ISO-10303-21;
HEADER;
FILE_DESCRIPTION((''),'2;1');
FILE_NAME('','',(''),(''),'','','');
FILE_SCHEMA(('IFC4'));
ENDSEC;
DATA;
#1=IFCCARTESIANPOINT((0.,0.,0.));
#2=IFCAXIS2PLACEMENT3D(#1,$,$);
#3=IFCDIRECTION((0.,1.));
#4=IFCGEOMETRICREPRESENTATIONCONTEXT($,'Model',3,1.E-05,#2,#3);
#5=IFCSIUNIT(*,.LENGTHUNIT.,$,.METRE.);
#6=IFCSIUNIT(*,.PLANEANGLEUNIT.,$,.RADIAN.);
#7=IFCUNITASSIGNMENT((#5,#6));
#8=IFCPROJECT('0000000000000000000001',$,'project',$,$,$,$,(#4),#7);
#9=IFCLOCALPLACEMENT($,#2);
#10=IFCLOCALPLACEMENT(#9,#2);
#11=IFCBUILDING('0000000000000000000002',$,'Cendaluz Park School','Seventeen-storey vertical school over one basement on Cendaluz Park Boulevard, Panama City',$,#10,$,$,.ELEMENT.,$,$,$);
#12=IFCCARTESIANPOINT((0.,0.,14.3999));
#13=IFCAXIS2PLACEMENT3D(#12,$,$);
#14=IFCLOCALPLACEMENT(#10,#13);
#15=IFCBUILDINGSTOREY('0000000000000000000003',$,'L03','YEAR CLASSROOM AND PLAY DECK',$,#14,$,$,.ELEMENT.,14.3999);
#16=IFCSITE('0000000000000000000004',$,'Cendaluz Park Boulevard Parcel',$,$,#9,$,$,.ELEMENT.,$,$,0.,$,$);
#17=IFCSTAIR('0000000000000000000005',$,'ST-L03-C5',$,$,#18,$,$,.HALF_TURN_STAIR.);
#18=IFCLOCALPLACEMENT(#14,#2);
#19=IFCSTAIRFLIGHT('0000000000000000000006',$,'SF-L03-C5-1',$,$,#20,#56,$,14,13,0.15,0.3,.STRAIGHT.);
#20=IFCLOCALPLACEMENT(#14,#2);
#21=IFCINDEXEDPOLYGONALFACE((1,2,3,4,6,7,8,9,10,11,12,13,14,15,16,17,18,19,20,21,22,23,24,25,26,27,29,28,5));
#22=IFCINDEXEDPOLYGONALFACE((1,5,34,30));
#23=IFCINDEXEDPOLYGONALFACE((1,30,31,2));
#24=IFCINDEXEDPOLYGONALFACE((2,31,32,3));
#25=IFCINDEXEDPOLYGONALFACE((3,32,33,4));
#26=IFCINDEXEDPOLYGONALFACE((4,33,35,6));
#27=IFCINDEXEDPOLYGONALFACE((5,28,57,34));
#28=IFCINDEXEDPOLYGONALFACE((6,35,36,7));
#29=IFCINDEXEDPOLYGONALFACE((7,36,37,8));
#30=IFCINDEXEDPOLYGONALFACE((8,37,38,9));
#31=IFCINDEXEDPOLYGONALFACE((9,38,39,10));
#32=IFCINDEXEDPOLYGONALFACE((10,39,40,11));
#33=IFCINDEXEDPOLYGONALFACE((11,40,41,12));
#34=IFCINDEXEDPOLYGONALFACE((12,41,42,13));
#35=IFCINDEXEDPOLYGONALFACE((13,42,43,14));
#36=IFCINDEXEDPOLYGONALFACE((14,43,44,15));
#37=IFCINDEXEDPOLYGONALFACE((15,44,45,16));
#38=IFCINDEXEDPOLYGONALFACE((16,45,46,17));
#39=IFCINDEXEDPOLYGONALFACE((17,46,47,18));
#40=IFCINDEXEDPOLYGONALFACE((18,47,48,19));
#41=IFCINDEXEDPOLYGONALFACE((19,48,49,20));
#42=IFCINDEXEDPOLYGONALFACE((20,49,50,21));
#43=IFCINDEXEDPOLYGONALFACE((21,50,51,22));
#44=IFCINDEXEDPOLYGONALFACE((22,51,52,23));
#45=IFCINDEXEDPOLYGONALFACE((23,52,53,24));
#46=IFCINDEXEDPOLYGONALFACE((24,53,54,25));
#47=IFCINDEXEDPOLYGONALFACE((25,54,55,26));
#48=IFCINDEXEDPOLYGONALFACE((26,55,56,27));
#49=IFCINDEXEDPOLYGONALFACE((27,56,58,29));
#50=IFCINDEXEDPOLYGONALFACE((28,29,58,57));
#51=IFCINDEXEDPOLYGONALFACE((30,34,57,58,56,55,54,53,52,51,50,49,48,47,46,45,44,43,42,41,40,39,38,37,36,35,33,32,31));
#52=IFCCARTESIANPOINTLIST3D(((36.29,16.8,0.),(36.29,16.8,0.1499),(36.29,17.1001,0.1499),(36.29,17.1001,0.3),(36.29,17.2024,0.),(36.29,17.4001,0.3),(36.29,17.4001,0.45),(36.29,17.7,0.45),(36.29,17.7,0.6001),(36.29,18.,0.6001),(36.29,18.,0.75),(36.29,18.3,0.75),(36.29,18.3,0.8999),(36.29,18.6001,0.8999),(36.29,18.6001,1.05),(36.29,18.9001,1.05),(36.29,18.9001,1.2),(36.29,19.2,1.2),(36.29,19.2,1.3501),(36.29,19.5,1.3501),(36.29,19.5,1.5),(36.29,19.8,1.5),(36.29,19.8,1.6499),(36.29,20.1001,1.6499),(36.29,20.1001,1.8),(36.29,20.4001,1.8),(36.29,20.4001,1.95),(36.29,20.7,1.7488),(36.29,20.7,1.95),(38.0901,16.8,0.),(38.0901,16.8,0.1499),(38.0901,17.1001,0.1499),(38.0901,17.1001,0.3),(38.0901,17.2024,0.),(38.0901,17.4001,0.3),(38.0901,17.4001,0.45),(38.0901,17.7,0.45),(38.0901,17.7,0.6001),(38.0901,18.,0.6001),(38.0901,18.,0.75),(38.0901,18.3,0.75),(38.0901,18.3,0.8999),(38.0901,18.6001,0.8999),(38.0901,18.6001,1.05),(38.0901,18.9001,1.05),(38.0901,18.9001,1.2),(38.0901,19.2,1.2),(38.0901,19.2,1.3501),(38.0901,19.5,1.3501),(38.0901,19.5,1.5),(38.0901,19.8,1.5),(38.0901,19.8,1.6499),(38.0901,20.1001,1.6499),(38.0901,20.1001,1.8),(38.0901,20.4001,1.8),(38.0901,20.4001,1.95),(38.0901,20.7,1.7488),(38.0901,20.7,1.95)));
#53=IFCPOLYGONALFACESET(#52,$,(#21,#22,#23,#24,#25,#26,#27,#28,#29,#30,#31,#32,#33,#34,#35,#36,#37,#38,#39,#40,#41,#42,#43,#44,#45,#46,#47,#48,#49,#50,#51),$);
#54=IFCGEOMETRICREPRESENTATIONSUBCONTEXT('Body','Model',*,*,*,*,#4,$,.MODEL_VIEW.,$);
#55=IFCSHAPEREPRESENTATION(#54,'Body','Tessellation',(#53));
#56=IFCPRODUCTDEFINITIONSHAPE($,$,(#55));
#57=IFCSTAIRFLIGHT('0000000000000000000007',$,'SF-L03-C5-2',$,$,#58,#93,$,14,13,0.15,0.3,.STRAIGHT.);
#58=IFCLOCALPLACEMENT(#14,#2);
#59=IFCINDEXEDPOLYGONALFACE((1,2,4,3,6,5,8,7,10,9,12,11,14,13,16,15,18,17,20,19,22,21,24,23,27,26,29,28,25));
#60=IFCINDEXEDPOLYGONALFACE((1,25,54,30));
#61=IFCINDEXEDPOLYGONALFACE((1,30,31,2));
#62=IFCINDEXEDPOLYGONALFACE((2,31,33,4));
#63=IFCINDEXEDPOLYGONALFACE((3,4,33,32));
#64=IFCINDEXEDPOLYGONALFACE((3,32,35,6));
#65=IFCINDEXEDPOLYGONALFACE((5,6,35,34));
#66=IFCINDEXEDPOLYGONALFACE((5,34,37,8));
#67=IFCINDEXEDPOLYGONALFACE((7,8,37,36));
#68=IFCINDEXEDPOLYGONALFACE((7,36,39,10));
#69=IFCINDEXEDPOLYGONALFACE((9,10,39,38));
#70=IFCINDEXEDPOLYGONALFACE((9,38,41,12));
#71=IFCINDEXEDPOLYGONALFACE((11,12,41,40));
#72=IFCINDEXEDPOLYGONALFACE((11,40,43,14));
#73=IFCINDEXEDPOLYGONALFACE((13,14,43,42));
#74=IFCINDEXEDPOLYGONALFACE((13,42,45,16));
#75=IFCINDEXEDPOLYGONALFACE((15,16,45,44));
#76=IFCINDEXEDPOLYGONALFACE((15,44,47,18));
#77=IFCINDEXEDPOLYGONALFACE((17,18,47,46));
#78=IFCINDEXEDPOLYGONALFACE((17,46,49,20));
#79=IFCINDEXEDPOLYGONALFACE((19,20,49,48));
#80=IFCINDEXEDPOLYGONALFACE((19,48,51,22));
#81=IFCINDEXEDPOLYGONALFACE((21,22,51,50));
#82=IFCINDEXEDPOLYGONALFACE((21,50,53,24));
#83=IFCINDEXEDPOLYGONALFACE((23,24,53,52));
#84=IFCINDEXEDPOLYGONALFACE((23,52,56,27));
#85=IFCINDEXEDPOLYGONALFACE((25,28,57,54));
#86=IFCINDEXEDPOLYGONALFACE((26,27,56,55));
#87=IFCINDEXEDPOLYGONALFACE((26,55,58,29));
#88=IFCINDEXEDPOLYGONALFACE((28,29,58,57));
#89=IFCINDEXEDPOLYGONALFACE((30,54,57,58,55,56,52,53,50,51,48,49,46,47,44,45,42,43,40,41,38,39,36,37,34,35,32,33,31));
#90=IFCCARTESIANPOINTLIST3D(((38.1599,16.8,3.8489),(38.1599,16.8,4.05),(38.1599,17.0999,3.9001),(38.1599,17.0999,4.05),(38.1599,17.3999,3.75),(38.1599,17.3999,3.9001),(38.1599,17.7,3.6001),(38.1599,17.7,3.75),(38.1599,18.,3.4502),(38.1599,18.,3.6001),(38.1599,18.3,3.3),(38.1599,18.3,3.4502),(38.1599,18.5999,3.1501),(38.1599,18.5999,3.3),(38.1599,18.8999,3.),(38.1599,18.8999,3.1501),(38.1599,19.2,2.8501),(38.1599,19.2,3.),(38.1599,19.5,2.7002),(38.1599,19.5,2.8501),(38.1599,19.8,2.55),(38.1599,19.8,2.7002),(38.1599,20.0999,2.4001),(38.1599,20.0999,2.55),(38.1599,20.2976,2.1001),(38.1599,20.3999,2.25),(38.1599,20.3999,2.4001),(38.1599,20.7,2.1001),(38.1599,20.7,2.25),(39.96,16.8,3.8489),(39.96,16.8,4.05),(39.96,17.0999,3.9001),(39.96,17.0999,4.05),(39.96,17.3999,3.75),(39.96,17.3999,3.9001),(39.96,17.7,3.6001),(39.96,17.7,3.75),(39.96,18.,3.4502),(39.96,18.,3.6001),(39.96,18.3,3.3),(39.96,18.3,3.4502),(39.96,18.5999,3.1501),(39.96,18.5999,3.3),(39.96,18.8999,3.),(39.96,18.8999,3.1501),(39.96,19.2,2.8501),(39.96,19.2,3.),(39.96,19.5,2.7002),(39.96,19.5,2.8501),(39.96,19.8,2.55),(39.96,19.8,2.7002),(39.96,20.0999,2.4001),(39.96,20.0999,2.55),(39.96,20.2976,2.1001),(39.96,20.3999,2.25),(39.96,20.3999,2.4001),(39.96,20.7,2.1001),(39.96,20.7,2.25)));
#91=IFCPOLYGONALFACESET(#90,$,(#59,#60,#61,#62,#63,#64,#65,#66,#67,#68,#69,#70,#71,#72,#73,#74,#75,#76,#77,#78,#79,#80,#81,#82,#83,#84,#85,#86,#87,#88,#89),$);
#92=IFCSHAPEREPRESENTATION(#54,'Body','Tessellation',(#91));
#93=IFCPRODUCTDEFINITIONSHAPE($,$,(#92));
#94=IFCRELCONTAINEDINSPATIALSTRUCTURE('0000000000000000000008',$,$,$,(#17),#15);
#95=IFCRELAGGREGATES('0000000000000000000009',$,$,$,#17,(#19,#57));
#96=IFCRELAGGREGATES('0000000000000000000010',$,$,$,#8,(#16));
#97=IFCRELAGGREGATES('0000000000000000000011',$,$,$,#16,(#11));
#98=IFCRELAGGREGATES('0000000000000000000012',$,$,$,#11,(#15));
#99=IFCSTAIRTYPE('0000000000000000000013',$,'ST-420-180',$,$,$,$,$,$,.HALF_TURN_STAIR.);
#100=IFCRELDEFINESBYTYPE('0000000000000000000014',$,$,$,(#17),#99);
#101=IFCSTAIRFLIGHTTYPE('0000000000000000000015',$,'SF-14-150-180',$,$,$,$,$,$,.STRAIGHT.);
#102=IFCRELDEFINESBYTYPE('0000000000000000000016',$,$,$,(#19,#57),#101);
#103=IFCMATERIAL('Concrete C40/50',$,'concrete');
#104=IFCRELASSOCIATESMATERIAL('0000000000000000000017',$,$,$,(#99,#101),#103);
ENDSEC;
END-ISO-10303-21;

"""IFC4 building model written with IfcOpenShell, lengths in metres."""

from ifc_helpers import new_model, si_unit, direction, frame, origin, place, context, subcontext, project, spatial, polyline, outline, extrude, material, type_object, element, aggregate, save


model = new_model("IFC4")

# Units and contexts
model_context = context("Model", 3, precision=1e-05, world=origin(), true_north=direction((0.0, 1.0)))
body_context = subcontext(model_context, "Body", "Model", "MODEL_VIEW")
ifc_project = project(units=[si_unit("LENGTHUNIT", "METRE"), si_unit("PLANEANGLEUNIT", "RADIAN")], contexts=[model_context])

# Site, building, storey
site_placement = place(None, origin())
site = spatial("IfcSite", under=ifc_project, at=site_placement, Name="Cendaluz Park Boulevard Parcel", CompositionType="ELEMENT", RefElevation=0.0)
building_placement = place(site_placement, origin())
building = spatial("IfcBuilding", under=site, at=building_placement, Name="Cendaluz Park School", Description="Seventeen-storey vertical school over one basement on Cendaluz Park Boulevard, Panama City", CompositionType="ELEMENT")
storey_placement = place(building_placement, frame((0.0, 0.0, 14.3999)))
storey = spatial("IfcBuildingStorey", under=building, at=storey_placement, Name="L03", Description="YEAR CLASSROOM AND PLAY DECK", CompositionType="ELEMENT", Elevation=14.3999)

# Shared definitions
ifc_material_1 = material(Name="Concrete C40/50", Category="concrete")

# Stair, stair flights
stair_type = type_object("IfcStairType", Name="ST-420-180", PredefinedType="HALF_TURN_STAIR", material=ifc_material_1)
stair_placement = place(storey_placement, origin())
stair = element("IfcStair", 1, at=stair_placement, inside=storey, type_object=stair_type, Name="ST-L03-C5", PredefinedType="HALF_TURN_STAIR")
stair_flight_type = type_object("IfcStairFlightType", Name="SF-14-150-180", PredefinedType="STRAIGHT", material=ifc_material_1)
stair_flight_1_placement = place(storey_placement, frame((37.1899, 16.8, 0.0), z_axis=(0.0, 0.0, 1.0), x_axis=(0.0, 1.0, 0.0)))
stair_flight_1 = element("IfcStairFlight", 2, at=stair_flight_1_placement, type_object=stair_flight_type, Name="SF-L03-C5-1", NumberOfRisers=14, NumberOfTreads=13, PredefinedType="STRAIGHT", RiserHeight=0.15, TreadLength=0.3, context=body_context, shape_type="SweptSolid", body=[
    extrude(outline(polyline([(0.0, 0.0), (0.0, 0.1499), (0.3, 0.1499), (0.3, 0.3), (0.6001, 0.3), (0.6001, 0.45), (0.8999, 0.45), (0.8999, 0.6001), (1.2, 0.6001), (1.2, 0.75), (1.5, 0.75), (1.5, 0.8999), (1.8, 0.8999), (1.8, 1.05), (2.1001, 1.05), (2.1001, 1.2), (2.3999, 1.2), (2.3999, 1.3501), (2.7, 1.3501), (2.7, 1.5), (3.0, 1.5), (3.0, 1.6499), (3.3, 1.6499), (3.3, 1.8), (3.6001, 1.8), (3.6001, 1.95), (3.8999, 1.95), (3.8999, 2.1001), (3.8999, 1.7488), (0.4023, 0.0), (0.0, 0.0)])), frame((0.0, 0.8999, 0.0), z_axis=(0.0, -1.0, 0.0), x_axis=(1.0, 0.0, 0.0)), (0.0, 0.0, 1.0), 1.8),
])
stair_flight_2_placement = place(storey_placement, frame((39.0601, 20.7, 2.1001), z_axis=(0.0, 0.0, 1.0), x_axis=(0.0, -1.0, 0.0)))
stair_flight_2 = element("IfcStairFlight", 3, at=stair_flight_2_placement, type_object=stair_flight_type, Name="SF-L03-C5-2", NumberOfRisers=14, NumberOfTreads=13, PredefinedType="STRAIGHT", RiserHeight=0.15, TreadLength=0.3, context=body_context, shape_type="SweptSolid", body=[
    extrude(outline(polyline([(0.0, 0.0), (0.0, 0.1499), (0.3, 0.1499), (0.3, 0.3), (0.6001, 0.3), (0.6001, 0.45), (0.8999, 0.45), (0.8999, 0.6001), (1.2, 0.6001), (1.2, 0.75), (1.5, 0.75), (1.5, 0.8999), (1.8, 0.8999), (1.8, 1.05), (2.1001, 1.05), (2.1001, 1.2), (2.3999, 1.2), (2.3999, 1.3501), (2.7, 1.3501), (2.7, 1.5), (3.0, 1.5), (3.0, 1.6499), (3.3, 1.6499), (3.3, 1.8), (3.6001, 1.8), (3.6001, 1.95), (3.8999, 1.95), (3.8999, 2.1001), (3.8999, 1.7488), (0.4023, 0.0), (0.0, 0.0)])), frame((0.0, 0.8999, 0.0), z_axis=(0.0, -1.0, 0.0), x_axis=(1.0, 0.0, 0.0)), (0.0, 0.0, 1.0), 1.8),
])
aggregate(stair, [stair_flight_1, stair_flight_2])

save(model, "model.ifc")
